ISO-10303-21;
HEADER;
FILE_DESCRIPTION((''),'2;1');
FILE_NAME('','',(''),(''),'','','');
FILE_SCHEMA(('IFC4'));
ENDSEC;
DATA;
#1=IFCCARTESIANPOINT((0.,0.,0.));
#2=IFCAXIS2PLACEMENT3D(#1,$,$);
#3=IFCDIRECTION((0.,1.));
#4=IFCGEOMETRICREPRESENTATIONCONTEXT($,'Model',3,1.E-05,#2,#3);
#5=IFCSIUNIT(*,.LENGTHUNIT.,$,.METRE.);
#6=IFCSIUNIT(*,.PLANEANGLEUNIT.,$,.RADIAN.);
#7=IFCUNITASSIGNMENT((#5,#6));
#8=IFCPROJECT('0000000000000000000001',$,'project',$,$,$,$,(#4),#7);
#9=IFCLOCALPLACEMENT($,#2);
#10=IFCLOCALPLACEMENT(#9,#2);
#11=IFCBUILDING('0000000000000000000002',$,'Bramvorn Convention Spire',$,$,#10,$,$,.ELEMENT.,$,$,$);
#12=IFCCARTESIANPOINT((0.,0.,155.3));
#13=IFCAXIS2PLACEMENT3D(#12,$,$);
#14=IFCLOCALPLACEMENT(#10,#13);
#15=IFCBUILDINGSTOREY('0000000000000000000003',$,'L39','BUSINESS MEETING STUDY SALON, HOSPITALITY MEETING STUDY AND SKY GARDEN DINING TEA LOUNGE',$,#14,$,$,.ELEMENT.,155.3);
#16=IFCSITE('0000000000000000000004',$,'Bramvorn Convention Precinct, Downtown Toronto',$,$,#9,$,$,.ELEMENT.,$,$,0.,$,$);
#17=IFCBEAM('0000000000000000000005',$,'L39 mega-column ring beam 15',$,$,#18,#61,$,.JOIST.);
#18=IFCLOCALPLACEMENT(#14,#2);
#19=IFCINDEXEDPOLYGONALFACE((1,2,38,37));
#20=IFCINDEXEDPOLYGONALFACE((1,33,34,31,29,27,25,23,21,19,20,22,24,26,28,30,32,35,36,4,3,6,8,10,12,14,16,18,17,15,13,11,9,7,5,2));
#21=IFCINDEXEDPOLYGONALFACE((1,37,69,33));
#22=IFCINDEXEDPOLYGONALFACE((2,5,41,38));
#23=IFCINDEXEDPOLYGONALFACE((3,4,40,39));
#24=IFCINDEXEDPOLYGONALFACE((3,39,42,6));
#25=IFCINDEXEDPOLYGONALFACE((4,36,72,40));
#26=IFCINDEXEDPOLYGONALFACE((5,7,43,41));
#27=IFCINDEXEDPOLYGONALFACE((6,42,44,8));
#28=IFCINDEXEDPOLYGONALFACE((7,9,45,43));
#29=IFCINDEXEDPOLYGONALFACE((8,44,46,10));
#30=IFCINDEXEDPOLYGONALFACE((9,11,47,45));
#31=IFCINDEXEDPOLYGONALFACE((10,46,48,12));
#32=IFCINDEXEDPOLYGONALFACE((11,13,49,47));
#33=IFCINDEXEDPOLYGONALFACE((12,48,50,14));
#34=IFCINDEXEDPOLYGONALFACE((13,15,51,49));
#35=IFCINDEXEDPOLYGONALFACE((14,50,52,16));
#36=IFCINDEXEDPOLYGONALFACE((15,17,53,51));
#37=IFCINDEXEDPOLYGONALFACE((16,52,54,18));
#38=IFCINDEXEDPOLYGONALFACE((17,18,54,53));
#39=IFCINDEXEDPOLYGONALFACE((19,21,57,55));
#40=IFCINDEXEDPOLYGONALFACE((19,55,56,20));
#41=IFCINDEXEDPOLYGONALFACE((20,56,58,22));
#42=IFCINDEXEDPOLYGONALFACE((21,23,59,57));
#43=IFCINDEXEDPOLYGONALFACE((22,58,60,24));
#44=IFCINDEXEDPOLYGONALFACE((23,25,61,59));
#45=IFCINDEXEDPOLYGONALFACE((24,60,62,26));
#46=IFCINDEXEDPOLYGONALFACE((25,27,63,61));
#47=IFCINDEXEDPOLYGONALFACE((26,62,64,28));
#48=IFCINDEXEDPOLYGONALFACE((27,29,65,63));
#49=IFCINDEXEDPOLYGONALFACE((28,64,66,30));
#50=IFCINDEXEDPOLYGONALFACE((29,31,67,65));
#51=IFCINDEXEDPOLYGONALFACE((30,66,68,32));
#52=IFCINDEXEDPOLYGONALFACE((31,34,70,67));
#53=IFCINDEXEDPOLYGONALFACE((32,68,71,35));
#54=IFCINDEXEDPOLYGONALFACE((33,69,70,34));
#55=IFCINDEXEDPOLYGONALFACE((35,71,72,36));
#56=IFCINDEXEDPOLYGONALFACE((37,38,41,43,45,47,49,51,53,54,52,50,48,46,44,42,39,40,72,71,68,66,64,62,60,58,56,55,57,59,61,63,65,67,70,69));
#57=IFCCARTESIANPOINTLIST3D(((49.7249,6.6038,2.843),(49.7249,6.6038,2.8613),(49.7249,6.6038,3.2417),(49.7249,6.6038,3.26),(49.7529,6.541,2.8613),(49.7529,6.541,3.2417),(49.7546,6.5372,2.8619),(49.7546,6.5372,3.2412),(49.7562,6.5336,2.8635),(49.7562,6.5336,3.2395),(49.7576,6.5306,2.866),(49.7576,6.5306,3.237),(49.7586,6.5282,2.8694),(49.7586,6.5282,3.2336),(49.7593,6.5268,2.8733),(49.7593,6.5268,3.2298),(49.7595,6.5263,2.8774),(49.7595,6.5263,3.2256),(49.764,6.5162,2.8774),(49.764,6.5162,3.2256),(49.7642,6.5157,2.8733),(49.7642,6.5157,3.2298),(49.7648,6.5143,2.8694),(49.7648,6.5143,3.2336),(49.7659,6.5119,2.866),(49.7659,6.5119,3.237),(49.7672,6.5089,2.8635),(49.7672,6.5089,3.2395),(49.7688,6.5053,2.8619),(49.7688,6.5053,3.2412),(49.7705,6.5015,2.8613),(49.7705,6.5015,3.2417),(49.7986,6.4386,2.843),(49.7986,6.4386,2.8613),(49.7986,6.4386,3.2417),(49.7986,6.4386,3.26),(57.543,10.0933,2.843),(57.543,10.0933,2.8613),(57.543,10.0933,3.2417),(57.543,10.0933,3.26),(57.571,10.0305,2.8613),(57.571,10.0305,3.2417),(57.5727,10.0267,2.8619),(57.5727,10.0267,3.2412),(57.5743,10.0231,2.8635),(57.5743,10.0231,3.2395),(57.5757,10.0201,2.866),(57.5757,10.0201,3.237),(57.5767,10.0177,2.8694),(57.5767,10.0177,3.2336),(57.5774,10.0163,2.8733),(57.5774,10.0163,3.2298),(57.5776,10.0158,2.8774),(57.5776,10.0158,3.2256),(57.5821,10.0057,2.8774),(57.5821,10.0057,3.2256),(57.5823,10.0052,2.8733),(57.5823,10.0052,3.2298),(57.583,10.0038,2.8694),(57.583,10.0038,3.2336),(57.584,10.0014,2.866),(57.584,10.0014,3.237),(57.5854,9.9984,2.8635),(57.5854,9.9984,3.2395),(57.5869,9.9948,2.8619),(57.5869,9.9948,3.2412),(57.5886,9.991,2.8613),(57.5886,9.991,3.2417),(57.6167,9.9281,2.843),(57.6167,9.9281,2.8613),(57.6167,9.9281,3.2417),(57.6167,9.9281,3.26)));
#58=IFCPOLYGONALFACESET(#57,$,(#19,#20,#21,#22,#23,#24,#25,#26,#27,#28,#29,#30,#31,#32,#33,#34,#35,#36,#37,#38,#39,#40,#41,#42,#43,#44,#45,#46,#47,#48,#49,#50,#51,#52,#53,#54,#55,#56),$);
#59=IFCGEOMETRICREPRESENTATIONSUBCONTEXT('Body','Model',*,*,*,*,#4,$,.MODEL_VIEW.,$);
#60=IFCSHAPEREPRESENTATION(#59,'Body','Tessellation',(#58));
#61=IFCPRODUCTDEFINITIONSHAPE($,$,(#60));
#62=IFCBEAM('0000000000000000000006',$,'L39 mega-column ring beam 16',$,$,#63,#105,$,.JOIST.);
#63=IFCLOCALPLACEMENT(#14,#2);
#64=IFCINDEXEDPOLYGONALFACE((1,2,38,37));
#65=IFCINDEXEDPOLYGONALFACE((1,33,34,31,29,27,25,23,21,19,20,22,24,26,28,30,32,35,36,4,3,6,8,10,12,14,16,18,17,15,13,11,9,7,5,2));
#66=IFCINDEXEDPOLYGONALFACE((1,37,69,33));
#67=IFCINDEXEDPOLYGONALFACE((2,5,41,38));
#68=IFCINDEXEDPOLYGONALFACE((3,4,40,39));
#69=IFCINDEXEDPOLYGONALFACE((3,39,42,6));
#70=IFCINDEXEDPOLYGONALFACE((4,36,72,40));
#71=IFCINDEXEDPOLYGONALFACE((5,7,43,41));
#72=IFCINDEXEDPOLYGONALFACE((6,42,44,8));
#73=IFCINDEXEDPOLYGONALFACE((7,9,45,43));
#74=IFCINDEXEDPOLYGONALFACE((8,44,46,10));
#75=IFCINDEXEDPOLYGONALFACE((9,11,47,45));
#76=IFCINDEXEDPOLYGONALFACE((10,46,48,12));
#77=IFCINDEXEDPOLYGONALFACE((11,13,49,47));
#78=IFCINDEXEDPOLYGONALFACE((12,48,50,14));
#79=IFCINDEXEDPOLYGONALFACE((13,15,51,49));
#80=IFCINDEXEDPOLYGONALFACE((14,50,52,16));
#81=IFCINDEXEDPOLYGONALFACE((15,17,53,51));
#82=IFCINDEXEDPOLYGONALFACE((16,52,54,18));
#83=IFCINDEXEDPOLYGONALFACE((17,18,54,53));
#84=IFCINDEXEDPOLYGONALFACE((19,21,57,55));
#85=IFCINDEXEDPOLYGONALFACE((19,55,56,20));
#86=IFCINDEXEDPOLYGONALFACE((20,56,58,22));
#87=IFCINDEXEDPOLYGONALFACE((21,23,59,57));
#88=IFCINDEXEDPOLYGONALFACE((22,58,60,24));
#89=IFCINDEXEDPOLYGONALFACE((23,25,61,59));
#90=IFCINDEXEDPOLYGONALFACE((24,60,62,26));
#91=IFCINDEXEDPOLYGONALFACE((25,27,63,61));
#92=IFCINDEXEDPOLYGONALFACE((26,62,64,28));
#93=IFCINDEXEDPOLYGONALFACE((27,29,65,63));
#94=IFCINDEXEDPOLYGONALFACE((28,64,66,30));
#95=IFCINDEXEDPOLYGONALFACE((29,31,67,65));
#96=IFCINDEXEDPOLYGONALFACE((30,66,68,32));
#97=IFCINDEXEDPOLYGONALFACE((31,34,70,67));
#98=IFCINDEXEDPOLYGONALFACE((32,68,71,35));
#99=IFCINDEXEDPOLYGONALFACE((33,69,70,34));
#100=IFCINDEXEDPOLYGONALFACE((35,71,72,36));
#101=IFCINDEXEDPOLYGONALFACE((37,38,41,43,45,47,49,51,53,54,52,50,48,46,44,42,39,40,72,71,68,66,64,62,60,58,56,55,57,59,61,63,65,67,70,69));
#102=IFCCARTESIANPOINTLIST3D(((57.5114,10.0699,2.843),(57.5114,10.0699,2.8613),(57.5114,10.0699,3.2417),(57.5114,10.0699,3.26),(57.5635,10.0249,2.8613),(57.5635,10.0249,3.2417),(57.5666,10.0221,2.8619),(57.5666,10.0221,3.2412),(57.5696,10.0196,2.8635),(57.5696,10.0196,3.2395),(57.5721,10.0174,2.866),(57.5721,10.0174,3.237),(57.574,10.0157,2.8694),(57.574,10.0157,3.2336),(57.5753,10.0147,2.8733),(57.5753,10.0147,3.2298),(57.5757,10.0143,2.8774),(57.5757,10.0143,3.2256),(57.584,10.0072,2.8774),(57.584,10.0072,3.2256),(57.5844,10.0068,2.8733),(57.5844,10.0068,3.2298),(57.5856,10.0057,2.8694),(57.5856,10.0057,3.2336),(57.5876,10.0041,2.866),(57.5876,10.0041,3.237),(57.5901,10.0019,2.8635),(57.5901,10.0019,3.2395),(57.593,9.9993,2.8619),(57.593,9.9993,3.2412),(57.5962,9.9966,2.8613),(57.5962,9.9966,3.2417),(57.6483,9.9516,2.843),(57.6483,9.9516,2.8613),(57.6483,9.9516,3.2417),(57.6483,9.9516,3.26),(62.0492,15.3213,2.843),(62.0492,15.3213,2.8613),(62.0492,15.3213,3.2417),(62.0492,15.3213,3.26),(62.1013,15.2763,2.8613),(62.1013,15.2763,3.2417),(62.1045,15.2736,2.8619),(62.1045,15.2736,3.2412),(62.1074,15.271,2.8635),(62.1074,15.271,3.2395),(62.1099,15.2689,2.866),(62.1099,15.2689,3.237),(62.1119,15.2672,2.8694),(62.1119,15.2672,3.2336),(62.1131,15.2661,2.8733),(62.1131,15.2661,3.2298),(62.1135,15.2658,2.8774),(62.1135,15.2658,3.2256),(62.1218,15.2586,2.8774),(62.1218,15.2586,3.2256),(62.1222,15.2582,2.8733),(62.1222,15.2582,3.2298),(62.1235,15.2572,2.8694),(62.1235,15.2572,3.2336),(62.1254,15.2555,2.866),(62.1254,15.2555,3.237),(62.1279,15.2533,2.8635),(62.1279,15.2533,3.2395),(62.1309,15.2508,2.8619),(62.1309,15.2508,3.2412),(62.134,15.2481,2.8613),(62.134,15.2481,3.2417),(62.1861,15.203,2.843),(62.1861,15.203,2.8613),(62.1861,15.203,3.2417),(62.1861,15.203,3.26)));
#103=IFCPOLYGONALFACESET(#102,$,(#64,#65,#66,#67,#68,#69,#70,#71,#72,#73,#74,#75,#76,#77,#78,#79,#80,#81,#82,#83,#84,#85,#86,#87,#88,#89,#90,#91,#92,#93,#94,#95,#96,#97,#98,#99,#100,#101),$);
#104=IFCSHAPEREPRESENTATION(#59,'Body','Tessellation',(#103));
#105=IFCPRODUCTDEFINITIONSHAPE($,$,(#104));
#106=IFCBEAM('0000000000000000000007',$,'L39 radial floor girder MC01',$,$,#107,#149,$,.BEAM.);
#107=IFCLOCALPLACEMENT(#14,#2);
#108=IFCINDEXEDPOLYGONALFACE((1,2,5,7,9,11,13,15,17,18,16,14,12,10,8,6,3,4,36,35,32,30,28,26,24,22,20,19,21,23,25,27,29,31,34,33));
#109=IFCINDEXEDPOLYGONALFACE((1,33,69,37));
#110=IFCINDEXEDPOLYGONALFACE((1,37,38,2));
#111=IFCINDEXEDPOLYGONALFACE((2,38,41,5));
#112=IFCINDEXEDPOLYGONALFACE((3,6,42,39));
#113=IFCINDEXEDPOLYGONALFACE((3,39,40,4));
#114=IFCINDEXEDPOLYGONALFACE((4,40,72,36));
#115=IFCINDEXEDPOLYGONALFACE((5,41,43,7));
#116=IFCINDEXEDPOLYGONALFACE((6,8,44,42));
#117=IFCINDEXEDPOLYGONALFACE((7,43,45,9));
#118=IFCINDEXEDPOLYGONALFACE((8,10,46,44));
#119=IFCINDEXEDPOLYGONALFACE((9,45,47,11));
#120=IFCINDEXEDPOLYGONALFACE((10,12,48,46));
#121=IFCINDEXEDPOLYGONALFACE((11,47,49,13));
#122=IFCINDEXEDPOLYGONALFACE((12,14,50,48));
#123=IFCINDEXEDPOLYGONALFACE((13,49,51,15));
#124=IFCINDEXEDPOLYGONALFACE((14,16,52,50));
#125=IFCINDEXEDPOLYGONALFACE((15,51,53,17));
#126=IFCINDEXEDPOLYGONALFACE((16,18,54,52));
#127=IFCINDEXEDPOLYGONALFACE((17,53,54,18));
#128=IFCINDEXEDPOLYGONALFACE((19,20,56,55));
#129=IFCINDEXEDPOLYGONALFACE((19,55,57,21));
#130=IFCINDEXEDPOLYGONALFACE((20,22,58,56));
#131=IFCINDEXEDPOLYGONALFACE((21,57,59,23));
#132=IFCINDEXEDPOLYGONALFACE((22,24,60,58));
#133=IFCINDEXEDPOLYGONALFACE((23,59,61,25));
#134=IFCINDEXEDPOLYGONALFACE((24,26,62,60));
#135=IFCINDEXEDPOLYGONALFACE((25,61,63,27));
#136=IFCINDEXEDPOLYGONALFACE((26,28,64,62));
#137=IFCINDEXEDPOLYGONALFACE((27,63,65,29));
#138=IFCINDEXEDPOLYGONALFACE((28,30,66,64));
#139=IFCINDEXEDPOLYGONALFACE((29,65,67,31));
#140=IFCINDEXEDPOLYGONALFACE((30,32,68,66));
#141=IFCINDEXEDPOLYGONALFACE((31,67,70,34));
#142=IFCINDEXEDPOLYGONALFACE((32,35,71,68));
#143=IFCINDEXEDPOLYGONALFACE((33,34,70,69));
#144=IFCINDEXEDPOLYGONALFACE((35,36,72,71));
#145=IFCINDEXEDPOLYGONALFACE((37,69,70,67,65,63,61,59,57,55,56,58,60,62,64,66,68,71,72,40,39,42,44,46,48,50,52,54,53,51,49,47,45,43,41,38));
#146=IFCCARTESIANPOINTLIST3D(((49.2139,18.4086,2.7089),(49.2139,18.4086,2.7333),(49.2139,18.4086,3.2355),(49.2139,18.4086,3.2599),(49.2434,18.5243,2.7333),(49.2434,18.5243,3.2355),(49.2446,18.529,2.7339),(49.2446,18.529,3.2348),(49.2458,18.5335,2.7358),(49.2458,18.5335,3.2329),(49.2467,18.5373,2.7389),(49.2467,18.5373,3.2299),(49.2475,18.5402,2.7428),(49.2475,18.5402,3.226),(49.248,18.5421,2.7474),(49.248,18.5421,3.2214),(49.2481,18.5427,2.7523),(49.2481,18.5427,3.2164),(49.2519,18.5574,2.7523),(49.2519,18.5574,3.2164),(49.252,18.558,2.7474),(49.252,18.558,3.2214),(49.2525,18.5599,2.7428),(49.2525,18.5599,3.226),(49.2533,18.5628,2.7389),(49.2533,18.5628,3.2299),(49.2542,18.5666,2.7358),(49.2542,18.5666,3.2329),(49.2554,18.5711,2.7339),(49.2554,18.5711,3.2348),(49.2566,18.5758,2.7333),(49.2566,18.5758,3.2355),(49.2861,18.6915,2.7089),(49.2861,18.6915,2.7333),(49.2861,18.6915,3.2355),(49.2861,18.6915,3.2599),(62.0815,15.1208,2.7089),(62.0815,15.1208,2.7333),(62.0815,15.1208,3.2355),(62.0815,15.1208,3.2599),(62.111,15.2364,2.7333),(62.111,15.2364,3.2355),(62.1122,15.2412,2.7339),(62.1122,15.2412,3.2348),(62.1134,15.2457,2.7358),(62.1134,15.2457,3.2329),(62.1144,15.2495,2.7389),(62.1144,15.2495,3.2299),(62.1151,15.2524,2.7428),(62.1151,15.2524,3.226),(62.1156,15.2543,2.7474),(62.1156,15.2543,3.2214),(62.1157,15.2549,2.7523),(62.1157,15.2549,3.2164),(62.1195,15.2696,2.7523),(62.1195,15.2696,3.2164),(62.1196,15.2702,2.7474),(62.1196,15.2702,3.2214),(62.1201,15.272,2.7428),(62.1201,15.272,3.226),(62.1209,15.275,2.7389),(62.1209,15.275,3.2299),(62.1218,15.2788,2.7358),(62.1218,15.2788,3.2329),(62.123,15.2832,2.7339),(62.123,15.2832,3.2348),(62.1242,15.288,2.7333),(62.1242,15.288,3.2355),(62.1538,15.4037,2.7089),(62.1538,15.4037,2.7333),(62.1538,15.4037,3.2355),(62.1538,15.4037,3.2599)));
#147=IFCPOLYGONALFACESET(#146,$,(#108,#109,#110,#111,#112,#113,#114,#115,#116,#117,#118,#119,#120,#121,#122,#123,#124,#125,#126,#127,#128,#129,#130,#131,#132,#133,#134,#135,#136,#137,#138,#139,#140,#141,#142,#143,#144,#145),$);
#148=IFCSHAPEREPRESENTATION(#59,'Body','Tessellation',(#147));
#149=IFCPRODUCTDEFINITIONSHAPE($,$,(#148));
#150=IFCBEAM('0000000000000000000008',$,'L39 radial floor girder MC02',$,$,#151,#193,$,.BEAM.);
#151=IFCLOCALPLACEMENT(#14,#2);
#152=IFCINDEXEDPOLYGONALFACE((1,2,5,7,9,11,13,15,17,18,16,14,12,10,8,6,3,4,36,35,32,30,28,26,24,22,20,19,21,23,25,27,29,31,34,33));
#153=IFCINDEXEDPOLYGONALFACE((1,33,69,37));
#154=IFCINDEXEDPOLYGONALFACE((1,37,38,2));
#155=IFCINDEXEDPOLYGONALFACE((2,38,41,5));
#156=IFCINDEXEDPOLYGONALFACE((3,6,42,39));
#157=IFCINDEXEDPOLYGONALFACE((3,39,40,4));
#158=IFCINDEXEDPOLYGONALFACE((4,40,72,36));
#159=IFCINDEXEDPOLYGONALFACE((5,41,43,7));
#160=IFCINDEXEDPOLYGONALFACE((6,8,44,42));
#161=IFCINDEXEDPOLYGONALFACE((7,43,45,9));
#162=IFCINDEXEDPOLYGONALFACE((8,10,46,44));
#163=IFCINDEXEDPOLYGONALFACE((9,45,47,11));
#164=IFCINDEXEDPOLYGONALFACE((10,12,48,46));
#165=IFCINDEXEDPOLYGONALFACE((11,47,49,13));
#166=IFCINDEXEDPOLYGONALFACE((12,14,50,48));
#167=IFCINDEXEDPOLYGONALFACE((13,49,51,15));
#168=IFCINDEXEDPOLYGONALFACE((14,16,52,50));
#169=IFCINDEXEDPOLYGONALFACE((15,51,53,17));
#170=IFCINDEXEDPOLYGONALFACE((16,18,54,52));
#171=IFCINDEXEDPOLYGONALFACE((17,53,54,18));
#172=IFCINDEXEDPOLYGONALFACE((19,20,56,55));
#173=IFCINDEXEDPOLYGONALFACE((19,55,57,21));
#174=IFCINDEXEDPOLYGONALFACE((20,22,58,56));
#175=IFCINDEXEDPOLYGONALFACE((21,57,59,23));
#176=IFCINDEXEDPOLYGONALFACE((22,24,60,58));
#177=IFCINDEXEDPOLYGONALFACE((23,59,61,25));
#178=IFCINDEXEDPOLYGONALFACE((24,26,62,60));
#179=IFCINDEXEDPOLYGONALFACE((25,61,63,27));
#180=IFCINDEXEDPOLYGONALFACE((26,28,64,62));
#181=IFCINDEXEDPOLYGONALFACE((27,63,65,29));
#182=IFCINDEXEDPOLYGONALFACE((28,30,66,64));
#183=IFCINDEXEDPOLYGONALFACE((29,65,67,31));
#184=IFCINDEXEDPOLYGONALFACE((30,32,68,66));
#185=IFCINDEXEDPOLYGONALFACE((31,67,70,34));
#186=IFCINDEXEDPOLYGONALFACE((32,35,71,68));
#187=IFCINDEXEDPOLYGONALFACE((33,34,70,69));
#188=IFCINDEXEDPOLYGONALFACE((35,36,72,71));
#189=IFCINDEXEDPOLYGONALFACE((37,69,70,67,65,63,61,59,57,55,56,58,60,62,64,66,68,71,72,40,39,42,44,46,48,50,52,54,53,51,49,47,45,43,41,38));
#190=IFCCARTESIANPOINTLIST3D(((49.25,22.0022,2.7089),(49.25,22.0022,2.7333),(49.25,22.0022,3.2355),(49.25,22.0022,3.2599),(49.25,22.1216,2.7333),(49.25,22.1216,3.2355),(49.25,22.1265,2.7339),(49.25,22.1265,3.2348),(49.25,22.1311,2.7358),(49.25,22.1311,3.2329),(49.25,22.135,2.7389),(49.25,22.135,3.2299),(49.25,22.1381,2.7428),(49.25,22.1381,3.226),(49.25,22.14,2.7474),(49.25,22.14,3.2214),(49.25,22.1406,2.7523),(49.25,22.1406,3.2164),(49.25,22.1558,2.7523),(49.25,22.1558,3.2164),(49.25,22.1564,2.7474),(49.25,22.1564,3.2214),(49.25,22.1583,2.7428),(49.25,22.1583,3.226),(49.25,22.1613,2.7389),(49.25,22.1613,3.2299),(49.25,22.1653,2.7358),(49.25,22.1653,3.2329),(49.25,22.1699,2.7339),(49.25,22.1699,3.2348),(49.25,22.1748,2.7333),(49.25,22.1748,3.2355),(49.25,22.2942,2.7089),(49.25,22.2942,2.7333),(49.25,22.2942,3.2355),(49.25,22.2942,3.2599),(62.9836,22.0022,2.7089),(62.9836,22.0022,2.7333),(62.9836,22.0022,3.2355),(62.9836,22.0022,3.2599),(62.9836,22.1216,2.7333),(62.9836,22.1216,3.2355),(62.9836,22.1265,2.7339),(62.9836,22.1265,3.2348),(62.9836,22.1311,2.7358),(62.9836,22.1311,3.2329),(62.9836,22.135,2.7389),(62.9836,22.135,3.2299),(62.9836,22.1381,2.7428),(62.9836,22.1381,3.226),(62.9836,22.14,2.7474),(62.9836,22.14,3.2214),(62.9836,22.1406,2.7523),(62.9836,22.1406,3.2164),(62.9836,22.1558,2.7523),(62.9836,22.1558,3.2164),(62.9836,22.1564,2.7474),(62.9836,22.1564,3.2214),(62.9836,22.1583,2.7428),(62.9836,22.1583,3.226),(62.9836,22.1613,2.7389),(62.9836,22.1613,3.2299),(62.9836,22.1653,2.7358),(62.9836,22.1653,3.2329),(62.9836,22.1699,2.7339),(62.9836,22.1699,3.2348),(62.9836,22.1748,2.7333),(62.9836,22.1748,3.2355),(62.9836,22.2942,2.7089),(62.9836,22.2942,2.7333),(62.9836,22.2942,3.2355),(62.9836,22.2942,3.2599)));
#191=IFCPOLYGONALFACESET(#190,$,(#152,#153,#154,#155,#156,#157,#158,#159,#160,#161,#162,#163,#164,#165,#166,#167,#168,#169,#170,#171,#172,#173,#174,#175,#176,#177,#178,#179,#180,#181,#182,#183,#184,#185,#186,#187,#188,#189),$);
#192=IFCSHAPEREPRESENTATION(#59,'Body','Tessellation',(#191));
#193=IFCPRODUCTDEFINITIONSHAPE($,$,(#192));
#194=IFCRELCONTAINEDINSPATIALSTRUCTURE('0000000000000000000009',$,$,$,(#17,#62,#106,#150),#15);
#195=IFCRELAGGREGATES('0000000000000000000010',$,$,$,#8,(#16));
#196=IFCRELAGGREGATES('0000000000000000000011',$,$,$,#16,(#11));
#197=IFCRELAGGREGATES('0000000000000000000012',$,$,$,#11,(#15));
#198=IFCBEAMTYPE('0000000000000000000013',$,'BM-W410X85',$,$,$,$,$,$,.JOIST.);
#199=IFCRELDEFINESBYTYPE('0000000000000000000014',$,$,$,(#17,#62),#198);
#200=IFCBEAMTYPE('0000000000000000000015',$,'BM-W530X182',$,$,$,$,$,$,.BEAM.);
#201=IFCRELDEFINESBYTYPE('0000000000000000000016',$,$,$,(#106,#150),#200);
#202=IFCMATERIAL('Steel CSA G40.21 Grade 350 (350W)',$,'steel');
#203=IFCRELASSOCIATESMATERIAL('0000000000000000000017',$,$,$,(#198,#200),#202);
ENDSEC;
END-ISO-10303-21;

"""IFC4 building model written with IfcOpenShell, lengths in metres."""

from ifc_helpers import new_model, si_unit, direction, frame, origin, origin_2d, place, context, subcontext, project, spatial, i_section, extrude, material, material_profile, profile_set, type_object, element, save


model = new_model("IFC4")

# Units and contexts
model_context = context("Model", 3, precision=1e-05, world=origin(), true_north=direction((0.0, 1.0)))
body_context = subcontext(model_context, "Body", "Model", "MODEL_VIEW")
ifc_project = project(units=[si_unit("LENGTHUNIT", "METRE"), si_unit("PLANEANGLEUNIT", "RADIAN")], contexts=[model_context])

# Site, building, storey
site_placement = place(None, origin())
site = spatial("IfcSite", under=ifc_project, at=site_placement, Name="Bramvorn Convention Precinct, Downtown Toronto", CompositionType="ELEMENT", RefElevation=0.0)
building_placement = place(site_placement, origin())
building = spatial("IfcBuilding", under=site, at=building_placement, Name="Bramvorn Convention Spire", CompositionType="ELEMENT")
storey_placement = place(building_placement, frame((0.0, 0.0, 155.3)))
storey = spatial("IfcBuildingStorey", under=building, at=storey_placement, Name="L39", Description="BUSINESS MEETING STUDY SALON, HOSPITALITY MEETING STUDY AND SKY GARDEN DINING TEA LOUNGE", CompositionType="ELEMENT", Elevation=155.3)

# Shared definitions
ifc_material_1 = material(Name="Steel CSA G40.21 Grade 350 (350W)", Category="steel")

# Beams
ifc_material_profile_1 = material_profile(ifc_material_1, i_section(OverallWidth=0.1809, OverallDepth=0.417, WebThickness=0.011, FlangeThickness=0.0183, FilletRadius=0.0161, at=origin_2d()))
ifc_profile_set_1 = profile_set([ifc_material_profile_1], Name="Steel CSA G40.21 Grade 350 (350W) - W410X85")
beam_type_1 = type_object("IfcBeamType", Name="BM-W410X85", PredefinedType="JOIST", material=ifc_profile_set_1)
for number, where, z_axis, x_axis, name in (
    (1, (49.7617, 6.5212, 3.0515), (0.91317, 0.40758, 0.0), (-0.40758, 0.91317, 0.0), "L39 mega-column ring beam 15"),
):
    element("IfcBeam", number, at=place(storey_placement, frame(where, z_axis=z_axis, x_axis=x_axis)), inside=storey, type_object=beam_type_1, Name=name, PredefinedType="JOIST", context=body_context, shape_type="SweptSolid", body=[
        extrude(i_section(OverallWidth=0.1809, OverallDepth=0.417, WebThickness=0.011, FlangeThickness=0.0183, FilletRadius=0.0161, at=origin_2d()), origin(), (0.0, 0.0, 1.0), 8.5615),
    ])
beam_1_placement = place(storey_placement, frame((57.5798, 10.0107, 3.0515), z_axis=(0.653825, 0.756646, 0.0), x_axis=(-0.756646, 0.653825, 0.0)))
element("IfcBeam", 2, at=beam_1_placement, inside=storey, type_object=beam_type_1, Name="L39 mega-column ring beam 16", PredefinedType="JOIST", context=body_context, shape_type="SweptSolid", body=[
    extrude(i_section(OverallWidth=0.1809, OverallDepth=0.417, WebThickness=0.011, FlangeThickness=0.0183, FilletRadius=0.0161, at=origin_2d()), origin(), (0.0, 0.0, 1.0), 6.9404),
])
ifc_material_profile_2 = material_profile(ifc_material_1, i_section(OverallWidth=0.292, OverallDepth=0.551, WebThickness=0.0151, FlangeThickness=0.0244, FilletRadius=0.019, at=origin_2d()))
ifc_profile_set_2 = profile_set([ifc_material_profile_2], Name="Steel CSA G40.21 Grade 350 (350W) - W530X182")
beam_type_2 = type_object("IfcBeamType", Name="BM-W530X182", PredefinedType="BEAM", material=ifc_profile_set_2)
beam_2_placement = place(storey_placement, frame((49.25, 18.55, 2.9844), z_axis=(0.968873, -0.247558, 0.0), x_axis=(0.247558, 0.968873, 0.0)))
element("IfcBeam", 3, at=beam_2_placement, inside=storey, type_object=beam_type_2, Name="L39 radial floor girder MC01", PredefinedType="BEAM", context=body_context, shape_type="SweptSolid", body=[
    extrude(i_section(OverallWidth=0.292, OverallDepth=0.551, WebThickness=0.0151, FlangeThickness=0.0244, FilletRadius=0.019, at=origin_2d()), origin(), (0.0, 0.0, 1.0), 13.281),
])
beam_3_placement = place(storey_placement, frame((49.25, 22.1482, 2.9844), z_axis=(1.0, 0.0, 0.0), x_axis=(0.0, 1.0, 0.0)))
element("IfcBeam", 4, at=beam_3_placement, inside=storey, type_object=beam_type_2, Name="L39 radial floor girder MC02", PredefinedType="BEAM", context=body_context, shape_type="SweptSolid", body=[
    extrude(i_section(OverallWidth=0.292, OverallDepth=0.551, WebThickness=0.0151, FlangeThickness=0.0244, FilletRadius=0.019, at=origin_2d()), origin(), (0.0, 0.0, 1.0), 13.7336),
])

save(model, "model.ifc")
